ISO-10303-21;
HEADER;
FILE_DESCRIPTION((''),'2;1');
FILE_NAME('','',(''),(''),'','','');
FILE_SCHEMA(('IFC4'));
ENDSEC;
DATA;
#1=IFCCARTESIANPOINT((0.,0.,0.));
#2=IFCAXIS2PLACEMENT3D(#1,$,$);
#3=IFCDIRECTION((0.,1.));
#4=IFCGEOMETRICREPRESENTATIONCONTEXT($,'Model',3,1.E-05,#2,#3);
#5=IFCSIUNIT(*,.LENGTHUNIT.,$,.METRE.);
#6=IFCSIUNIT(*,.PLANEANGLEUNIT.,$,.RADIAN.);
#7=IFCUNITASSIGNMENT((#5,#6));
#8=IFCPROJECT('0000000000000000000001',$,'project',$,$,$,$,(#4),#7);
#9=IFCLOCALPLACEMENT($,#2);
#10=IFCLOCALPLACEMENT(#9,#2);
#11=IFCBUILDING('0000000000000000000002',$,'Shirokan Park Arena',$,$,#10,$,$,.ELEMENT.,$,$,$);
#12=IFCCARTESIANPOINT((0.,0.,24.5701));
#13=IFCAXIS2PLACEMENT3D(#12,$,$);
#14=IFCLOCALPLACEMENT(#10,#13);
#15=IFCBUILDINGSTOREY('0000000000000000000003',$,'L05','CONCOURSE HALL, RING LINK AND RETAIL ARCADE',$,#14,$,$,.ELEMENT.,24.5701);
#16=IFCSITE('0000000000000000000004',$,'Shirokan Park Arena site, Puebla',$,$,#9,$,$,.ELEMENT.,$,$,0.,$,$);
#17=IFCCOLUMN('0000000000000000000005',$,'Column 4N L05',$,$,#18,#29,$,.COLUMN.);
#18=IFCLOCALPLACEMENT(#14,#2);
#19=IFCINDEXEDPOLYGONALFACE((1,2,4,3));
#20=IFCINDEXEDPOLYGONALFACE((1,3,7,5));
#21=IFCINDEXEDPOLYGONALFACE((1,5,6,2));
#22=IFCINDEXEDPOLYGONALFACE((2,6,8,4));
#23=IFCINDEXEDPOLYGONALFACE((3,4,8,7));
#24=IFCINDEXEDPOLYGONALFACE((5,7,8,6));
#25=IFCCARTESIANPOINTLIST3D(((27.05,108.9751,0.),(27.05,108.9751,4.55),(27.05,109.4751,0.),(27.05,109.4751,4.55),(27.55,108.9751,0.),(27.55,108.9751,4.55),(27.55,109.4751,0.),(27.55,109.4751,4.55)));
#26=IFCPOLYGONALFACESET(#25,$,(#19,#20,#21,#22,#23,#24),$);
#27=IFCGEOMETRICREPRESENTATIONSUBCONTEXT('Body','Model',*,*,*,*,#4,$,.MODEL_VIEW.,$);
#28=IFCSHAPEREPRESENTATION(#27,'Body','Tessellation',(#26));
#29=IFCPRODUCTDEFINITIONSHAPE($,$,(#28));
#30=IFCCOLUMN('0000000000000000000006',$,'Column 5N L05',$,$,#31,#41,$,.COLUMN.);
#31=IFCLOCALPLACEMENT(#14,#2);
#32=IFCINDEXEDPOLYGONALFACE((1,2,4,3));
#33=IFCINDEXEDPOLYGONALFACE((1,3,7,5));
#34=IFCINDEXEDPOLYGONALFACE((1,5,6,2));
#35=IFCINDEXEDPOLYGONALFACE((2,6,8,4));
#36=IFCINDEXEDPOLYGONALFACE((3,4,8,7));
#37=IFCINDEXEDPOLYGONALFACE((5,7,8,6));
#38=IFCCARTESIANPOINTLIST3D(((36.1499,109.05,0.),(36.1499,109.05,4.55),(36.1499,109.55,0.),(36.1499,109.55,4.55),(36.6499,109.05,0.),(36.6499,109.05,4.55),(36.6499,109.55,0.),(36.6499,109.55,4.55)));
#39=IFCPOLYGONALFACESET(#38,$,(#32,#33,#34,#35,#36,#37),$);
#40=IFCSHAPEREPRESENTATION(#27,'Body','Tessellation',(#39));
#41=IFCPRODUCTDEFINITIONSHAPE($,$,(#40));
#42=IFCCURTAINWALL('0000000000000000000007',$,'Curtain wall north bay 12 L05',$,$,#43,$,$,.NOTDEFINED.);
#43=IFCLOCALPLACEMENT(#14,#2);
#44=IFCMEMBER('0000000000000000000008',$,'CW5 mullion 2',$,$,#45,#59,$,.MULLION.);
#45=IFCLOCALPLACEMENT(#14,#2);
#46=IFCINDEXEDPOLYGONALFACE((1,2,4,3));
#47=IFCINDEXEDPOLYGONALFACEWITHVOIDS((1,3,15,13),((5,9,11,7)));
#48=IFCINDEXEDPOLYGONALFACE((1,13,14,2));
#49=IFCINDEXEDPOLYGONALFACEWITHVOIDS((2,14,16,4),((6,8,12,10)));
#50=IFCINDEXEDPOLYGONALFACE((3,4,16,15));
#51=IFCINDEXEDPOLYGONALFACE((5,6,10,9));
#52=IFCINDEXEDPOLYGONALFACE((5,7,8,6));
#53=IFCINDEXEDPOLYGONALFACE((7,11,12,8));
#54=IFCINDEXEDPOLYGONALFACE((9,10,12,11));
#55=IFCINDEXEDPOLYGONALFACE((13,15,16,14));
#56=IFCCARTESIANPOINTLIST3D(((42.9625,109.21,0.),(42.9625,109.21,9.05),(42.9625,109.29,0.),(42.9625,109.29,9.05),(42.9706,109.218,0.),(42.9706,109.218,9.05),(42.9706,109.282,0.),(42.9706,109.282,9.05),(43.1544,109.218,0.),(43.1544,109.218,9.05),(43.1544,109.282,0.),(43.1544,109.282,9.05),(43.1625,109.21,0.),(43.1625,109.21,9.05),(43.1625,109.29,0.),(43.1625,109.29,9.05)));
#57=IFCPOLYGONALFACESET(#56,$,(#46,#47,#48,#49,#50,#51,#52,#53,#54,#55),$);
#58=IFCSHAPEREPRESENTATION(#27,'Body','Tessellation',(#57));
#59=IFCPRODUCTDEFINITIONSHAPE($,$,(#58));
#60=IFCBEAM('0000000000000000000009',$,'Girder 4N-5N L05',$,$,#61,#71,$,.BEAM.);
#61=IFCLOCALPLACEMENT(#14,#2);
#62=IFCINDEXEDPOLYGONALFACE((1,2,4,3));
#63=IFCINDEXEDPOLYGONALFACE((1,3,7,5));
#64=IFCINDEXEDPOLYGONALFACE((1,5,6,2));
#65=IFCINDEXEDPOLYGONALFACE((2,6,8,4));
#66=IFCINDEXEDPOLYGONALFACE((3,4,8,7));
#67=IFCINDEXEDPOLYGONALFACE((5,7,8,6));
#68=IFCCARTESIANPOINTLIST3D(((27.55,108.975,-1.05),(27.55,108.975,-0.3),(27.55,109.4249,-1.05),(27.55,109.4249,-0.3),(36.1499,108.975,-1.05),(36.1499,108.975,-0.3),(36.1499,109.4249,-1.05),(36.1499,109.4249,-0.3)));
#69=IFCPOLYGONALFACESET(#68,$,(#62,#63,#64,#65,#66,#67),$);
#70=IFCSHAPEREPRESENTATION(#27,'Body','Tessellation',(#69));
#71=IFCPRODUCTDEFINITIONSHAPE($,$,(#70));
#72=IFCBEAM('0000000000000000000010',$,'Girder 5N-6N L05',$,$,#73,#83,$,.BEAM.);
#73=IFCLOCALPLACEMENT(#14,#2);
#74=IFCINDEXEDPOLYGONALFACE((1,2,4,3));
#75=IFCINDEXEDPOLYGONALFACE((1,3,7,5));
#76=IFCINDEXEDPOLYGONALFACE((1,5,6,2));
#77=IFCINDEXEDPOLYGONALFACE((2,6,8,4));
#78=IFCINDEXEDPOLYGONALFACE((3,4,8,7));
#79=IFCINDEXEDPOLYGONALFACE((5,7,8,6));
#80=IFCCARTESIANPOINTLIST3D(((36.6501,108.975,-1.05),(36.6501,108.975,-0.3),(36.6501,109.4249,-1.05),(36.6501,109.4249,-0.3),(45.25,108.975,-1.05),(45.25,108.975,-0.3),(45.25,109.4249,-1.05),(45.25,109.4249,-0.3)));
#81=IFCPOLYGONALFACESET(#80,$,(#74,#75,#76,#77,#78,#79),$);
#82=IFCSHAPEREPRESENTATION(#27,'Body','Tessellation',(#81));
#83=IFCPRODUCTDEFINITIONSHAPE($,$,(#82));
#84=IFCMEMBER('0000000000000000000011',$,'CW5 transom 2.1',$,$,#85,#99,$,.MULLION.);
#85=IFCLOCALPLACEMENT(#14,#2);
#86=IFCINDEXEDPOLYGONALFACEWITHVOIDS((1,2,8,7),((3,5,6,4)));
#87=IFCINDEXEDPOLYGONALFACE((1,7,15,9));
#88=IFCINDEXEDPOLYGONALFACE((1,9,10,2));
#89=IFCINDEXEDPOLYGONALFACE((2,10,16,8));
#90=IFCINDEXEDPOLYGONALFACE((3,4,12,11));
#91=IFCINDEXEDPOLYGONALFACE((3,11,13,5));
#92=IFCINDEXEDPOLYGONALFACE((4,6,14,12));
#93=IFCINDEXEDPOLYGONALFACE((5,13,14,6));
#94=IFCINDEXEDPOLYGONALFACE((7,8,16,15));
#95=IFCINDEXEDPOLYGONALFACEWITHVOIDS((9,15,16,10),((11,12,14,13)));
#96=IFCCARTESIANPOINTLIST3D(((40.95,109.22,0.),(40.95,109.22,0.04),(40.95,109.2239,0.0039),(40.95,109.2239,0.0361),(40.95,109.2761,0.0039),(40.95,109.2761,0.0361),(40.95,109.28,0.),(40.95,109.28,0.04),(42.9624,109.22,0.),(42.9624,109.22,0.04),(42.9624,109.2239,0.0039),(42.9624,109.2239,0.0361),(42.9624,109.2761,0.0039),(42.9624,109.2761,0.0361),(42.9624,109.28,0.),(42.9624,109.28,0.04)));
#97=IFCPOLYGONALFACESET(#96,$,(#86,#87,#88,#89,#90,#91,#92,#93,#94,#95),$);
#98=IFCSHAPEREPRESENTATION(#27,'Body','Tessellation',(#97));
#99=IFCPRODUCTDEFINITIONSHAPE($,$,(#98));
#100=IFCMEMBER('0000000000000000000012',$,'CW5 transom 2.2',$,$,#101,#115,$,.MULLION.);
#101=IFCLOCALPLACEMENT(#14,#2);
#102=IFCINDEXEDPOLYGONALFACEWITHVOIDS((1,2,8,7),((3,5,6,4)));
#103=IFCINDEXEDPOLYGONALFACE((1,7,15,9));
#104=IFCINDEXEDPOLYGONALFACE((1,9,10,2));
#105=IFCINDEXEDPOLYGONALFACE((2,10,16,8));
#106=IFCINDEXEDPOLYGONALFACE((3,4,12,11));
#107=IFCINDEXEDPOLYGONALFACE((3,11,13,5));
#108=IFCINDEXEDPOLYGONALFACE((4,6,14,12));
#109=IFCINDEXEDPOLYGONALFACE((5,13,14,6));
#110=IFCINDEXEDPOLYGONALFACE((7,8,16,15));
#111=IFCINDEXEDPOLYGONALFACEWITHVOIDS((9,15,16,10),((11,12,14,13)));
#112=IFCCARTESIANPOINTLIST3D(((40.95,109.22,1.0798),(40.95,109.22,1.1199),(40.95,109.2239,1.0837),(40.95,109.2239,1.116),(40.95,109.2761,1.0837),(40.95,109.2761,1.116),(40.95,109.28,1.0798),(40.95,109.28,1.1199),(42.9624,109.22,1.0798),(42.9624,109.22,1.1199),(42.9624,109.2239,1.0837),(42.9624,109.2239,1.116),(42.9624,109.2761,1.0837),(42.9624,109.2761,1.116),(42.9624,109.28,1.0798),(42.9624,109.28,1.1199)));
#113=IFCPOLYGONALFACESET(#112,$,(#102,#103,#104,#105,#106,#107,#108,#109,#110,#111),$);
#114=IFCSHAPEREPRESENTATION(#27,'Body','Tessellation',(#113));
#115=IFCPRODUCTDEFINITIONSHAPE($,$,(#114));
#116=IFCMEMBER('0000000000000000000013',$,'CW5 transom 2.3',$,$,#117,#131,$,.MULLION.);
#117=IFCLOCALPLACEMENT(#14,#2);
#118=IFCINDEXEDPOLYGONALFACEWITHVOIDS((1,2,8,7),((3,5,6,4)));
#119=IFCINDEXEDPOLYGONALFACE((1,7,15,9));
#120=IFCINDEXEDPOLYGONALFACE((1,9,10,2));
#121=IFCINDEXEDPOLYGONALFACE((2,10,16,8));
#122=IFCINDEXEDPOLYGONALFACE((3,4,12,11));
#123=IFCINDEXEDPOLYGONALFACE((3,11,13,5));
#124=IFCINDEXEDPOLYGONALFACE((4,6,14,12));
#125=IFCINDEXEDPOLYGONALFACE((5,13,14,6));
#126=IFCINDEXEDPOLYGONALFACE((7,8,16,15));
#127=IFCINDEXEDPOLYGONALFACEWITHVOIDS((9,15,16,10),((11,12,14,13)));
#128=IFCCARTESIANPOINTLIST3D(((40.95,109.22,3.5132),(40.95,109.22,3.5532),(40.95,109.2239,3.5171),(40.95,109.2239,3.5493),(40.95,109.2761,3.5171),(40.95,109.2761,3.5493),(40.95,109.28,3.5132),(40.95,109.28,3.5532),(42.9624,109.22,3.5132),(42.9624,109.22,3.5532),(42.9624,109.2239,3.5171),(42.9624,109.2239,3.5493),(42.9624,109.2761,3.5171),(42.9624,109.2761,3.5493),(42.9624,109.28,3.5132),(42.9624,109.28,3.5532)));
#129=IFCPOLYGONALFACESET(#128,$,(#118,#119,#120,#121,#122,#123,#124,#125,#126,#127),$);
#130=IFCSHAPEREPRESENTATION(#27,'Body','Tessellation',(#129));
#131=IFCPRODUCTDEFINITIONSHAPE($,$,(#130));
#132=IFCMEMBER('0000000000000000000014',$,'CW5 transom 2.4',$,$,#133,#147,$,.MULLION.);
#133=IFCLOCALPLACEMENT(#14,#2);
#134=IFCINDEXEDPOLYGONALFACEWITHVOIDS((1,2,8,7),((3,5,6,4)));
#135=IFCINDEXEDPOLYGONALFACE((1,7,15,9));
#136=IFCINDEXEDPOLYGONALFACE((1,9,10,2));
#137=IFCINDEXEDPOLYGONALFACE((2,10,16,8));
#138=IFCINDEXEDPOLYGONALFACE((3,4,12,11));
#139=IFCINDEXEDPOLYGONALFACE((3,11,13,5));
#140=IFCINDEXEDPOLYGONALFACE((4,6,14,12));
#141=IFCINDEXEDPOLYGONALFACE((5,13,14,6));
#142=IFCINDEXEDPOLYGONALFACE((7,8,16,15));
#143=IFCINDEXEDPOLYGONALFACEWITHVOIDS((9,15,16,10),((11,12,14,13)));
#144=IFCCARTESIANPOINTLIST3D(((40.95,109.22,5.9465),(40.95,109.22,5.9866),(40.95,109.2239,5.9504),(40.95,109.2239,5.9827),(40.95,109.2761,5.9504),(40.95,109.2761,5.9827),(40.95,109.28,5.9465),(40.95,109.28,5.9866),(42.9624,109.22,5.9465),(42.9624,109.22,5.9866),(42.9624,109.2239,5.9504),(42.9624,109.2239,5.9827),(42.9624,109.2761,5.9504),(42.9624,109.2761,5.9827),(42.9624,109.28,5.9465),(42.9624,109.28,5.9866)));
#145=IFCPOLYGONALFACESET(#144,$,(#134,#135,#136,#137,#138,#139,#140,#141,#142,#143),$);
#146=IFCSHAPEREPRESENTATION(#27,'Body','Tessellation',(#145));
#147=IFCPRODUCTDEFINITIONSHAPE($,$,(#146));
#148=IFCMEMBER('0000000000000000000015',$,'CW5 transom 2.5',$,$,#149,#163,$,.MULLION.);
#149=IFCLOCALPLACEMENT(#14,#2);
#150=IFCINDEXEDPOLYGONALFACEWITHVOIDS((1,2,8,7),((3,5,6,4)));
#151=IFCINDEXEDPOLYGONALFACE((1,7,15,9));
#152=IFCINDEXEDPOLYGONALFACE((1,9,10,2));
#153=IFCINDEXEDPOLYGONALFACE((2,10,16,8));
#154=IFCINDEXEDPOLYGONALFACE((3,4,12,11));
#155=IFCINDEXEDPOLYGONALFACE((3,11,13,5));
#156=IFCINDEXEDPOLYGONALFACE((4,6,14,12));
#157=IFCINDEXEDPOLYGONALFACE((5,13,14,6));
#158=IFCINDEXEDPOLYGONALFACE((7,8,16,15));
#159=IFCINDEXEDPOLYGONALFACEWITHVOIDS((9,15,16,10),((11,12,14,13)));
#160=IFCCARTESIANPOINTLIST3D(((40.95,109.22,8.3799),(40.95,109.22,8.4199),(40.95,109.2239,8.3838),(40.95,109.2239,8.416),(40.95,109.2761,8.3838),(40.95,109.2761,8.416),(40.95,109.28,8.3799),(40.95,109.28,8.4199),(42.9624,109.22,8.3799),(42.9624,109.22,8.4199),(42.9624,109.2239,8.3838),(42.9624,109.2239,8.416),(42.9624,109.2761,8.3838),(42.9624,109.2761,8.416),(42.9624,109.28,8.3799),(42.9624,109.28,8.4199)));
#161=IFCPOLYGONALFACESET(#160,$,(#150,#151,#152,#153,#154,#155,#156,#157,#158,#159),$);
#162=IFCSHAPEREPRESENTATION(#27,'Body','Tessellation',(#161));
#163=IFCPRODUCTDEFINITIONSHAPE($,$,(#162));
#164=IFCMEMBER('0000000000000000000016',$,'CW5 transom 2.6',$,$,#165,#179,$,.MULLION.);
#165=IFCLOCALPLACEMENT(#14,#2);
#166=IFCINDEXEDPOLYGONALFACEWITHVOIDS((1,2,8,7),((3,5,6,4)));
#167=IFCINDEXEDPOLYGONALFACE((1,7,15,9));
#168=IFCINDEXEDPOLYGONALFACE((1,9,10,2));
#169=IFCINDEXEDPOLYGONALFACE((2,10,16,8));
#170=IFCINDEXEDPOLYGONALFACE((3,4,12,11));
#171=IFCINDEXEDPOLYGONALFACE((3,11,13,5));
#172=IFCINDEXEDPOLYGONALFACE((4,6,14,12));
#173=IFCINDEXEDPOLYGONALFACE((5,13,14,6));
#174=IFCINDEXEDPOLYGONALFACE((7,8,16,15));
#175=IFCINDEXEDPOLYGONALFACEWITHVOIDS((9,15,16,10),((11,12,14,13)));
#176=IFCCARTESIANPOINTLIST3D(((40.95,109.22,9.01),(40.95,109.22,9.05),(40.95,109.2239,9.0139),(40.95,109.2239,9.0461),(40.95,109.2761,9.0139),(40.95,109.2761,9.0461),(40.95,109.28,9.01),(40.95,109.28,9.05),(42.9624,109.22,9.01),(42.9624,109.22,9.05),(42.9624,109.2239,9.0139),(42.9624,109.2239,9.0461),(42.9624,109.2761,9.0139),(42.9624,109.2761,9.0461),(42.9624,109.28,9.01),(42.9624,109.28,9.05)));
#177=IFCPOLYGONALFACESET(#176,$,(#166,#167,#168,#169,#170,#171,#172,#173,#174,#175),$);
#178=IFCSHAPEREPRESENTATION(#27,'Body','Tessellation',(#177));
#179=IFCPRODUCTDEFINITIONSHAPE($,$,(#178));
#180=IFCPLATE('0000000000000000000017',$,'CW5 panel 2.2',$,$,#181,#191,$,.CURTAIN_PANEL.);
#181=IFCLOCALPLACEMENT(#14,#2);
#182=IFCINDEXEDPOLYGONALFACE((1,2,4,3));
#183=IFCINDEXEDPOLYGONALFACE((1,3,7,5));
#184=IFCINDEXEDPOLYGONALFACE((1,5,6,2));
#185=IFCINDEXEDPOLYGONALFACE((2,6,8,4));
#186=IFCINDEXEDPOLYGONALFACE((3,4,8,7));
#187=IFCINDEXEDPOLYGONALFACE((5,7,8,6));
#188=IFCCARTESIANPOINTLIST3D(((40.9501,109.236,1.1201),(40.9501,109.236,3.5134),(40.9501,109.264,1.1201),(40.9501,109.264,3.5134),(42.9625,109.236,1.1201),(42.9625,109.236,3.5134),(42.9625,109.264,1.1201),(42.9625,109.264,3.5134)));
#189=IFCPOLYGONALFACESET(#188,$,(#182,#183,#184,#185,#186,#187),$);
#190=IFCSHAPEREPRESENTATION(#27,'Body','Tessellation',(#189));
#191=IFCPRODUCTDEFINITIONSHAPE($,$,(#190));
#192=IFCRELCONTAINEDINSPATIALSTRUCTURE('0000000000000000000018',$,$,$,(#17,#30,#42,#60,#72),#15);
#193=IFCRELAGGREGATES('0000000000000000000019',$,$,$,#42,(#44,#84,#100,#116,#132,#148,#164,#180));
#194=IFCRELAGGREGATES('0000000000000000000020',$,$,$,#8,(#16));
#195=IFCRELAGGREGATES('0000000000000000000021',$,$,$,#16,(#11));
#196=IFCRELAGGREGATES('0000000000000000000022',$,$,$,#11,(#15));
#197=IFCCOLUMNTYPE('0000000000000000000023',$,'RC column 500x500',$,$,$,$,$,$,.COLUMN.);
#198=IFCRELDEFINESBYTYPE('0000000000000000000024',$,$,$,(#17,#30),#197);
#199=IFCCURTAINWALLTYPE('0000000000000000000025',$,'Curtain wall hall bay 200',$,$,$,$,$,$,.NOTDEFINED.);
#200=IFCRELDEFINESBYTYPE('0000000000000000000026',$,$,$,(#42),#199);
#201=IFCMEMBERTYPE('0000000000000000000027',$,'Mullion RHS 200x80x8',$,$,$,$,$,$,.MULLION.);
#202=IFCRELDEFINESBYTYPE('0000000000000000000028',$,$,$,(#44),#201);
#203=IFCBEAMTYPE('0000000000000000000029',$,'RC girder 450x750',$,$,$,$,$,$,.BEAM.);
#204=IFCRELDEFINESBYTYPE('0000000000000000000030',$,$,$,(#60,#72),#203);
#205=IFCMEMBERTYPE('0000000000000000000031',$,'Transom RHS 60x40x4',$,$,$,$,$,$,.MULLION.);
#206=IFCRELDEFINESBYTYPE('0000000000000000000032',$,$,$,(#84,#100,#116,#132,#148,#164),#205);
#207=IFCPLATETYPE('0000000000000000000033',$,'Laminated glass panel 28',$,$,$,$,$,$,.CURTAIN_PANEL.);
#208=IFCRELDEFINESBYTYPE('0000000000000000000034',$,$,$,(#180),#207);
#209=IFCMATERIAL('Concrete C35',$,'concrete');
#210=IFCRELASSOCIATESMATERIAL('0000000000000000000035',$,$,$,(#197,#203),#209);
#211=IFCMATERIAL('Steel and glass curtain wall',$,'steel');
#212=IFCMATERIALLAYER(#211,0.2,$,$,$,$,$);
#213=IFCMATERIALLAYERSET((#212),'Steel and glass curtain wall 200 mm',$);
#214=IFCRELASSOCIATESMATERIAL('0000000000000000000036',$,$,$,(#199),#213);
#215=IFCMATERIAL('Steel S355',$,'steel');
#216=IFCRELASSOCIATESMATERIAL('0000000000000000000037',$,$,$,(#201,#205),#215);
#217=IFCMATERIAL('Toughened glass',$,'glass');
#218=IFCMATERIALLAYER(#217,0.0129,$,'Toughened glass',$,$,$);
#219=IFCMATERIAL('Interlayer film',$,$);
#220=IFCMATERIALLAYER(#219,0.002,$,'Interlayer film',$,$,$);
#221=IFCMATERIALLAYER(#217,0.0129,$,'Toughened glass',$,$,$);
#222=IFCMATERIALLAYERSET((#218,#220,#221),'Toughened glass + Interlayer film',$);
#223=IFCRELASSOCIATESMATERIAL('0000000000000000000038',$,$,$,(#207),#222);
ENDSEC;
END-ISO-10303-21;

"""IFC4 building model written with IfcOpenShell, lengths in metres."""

from ifc_helpers import new_model, si_unit, direction, frame, origin, origin_2d, place, context, subcontext, project, spatial, rectangle, hollow_rectangle, extrude, material, layer, layer_set, material_profile, profile_set, type_object, element, aggregate, save


model = new_model("IFC4")

# Units and contexts
model_context = context("Model", 3, precision=1e-05, world=origin(), true_north=direction((0.0, 1.0)))
body_context = subcontext(model_context, "Body", "Model", "MODEL_VIEW")
ifc_project = project(units=[si_unit("LENGTHUNIT", "METRE"), si_unit("PLANEANGLEUNIT", "RADIAN")], contexts=[model_context])

# Site, building, storey
site_placement = place(None, origin())
site = spatial("IfcSite", under=ifc_project, at=site_placement, Name="Shirokan Park Arena site, Puebla", CompositionType="ELEMENT", RefElevation=0.0)
building_placement = place(site_placement, origin())
building = spatial("IfcBuilding", under=site, at=building_placement, Name="Shirokan Park Arena", CompositionType="ELEMENT")
storey_placement = place(building_placement, frame((0.0, 0.0, 24.5701)))
storey = spatial("IfcBuildingStorey", under=building, at=storey_placement, Name="L05", Description="CONCOURSE HALL, RING LINK AND RETAIL ARCADE", CompositionType="ELEMENT", Elevation=24.5701)

# Columns
ifc_material_1 = material(Name="Concrete C35", Category="concrete")
ifc_material_profile_1 = material_profile(ifc_material_1, rectangle(XDim=0.5, YDim=0.5, at=origin_2d()), Name="500x500")
ifc_profile_set_1 = profile_set([ifc_material_profile_1], Name="Concrete C35")
column_type = type_object("IfcColumnType", Name="RC column 500x500", PredefinedType="COLUMN", material=ifc_profile_set_1)
for number, where, z_axis, x_axis, name in (
    (1, (27.3, 109.2251, 0.0), (0.0, 0.0, 1.0), (1.0, 0.0, 0.0), "Column 4N L05"),
    (2, (36.3999, 109.3, 0.0), (0.0, 0.0, 1.0), (1.0, 0.0, 0.0), "Column 5N L05"),
):
    element("IfcColumn", number, at=place(storey_placement, frame(where, z_axis=z_axis, x_axis=x_axis)), inside=storey, type_object=column_type, Name=name, PredefinedType="COLUMN", context=body_context, shape_type="SweptSolid", body=[
        extrude(rectangle(XDim=0.5, YDim=0.5, at=origin_2d()), origin(), (0.0, 0.0, 1.0), 4.55),
    ])

# Curtain wall, member
ifc_material_2 = material(Name="Steel and glass curtain wall", Category="steel")
ifc_layer_1 = layer(ifc_material_2, 0.2)
ifc_layer_set_1 = layer_set([ifc_layer_1], Name="Steel and glass curtain wall 200 mm")
curtain_wall_type = type_object("IfcCurtainWallType", Name="Curtain wall hall bay 200", PredefinedType="NOTDEFINED", material=ifc_layer_set_1)
curtain_wall_placement = place(storey_placement, origin())
curtain_wall = element("IfcCurtainWall", 3, at=curtain_wall_placement, inside=storey, type_object=curtain_wall_type, Name="Curtain wall north bay 12 L05", PredefinedType="NOTDEFINED")
ifc_material_3 = material(Name="Steel S355", Category="steel")
ifc_material_profile_2 = material_profile(ifc_material_3, hollow_rectangle(XDim=0.0801, YDim=0.2, WallThickness=0.0081, at=origin_2d()), Name="RHS 200x80x8")
ifc_profile_set_2 = profile_set([ifc_material_profile_2], Name="Steel S355")
member_type_1 = type_object("IfcMemberType", Name="Mullion RHS 200x80x8", PredefinedType="MULLION", material=ifc_profile_set_2)
member_1_placement = place(storey_placement, frame((43.0625, 109.25, 0.0), z_axis=(0.0, 0.0, 1.0), x_axis=(0.0, -1.0, 0.0)))
member_1 = element("IfcMember", 4, at=member_1_placement, type_object=member_type_1, Name="CW5 mullion 2", PredefinedType="MULLION", context=body_context, shape_type="SweptSolid", body=[
    extrude(hollow_rectangle(XDim=0.0801, YDim=0.2, WallThickness=0.0081, at=origin_2d()), origin(), (0.0, 0.0, 1.0), 9.05),
])

# Beams
ifc_material_profile_3 = material_profile(ifc_material_1, rectangle(XDim=0.45, YDim=0.75, at=origin_2d()), Name="450x750")
ifc_profile_set_3 = profile_set([ifc_material_profile_3], Name="Concrete C35")
beam_type = type_object("IfcBeamType", Name="RC girder 450x750", PredefinedType="BEAM", material=ifc_profile_set_3)
for number, where, z_axis, x_axis, name in (
    (5, (27.55, 109.2, -0.675), (1.0, 0.0, 0.0), (0.0, 1.0, 0.0), "Girder 4N-5N L05"),
    (6, (36.6501, 109.2, -0.675), (1.0, 0.0, 0.0), (0.0, 1.0, 0.0), "Girder 5N-6N L05"),
):
    element("IfcBeam", number, at=place(storey_placement, frame(where, z_axis=z_axis, x_axis=x_axis)), inside=storey, type_object=beam_type, Name=name, PredefinedType="BEAM", context=body_context, shape_type="SweptSolid", body=[
        extrude(rectangle(XDim=0.45, YDim=0.75, at=origin_2d()), origin(), (0.0, 0.0, 1.0), 8.5999),
    ])

# Members
ifc_material_profile_4 = material_profile(ifc_material_3, hollow_rectangle(XDim=0.0601, YDim=0.04, WallThickness=0.0039, at=origin_2d()), Name="RHS 60x40x4")
ifc_profile_set_4 = profile_set([ifc_material_profile_4], Name="Steel S355")
member_type_2 = type_object("IfcMemberType", Name="Transom RHS 60x40x4", PredefinedType="MULLION", material=ifc_profile_set_4)
member_2_placement = place(storey_placement, frame((42.9624, 109.25, 0.02), z_axis=(-1.0, 0.0, 0.0), x_axis=(0.0, -1.0, 0.0)))
member_2 = element("IfcMember", 7, at=member_2_placement, type_object=member_type_2, Name="CW5 transom 2.1", PredefinedType="MULLION", context=body_context, shape_type="SweptSolid", body=[
    extrude(hollow_rectangle(XDim=0.0601, YDim=0.04, WallThickness=0.0039, at=origin_2d()), origin(), (0.0, 0.0, 1.0), 2.0125),
])
member_3_placement = place(storey_placement, frame((42.9624, 109.25, 1.0999), z_axis=(-1.0, 0.0, 0.0), x_axis=(0.0, -1.0, 0.0)))
member_3 = element("IfcMember", 8, at=member_3_placement, type_object=member_type_2, Name="CW5 transom 2.2", PredefinedType="MULLION", context=body_context, shape_type="SweptSolid", body=[
    extrude(hollow_rectangle(XDim=0.0601, YDim=0.04, WallThickness=0.0039, at=origin_2d()), origin(), (0.0, 0.0, 1.0), 2.0125),
])
member_4_placement = place(storey_placement, frame((42.9624, 109.25, 3.5332), z_axis=(-1.0, 0.0, 0.0), x_axis=(0.0, -1.0, 0.0)))
member_4 = element("IfcMember", 9, at=member_4_placement, type_object=member_type_2, Name="CW5 transom 2.3", PredefinedType="MULLION", context=body_context, shape_type="SweptSolid", body=[
    extrude(hollow_rectangle(XDim=0.0601, YDim=0.04, WallThickness=0.0039, at=origin_2d()), origin(), (0.0, 0.0, 1.0), 2.0125),
])
member_5_placement = place(storey_placement, frame((42.9624, 109.25, 5.9666), z_axis=(-1.0, 0.0, 0.0), x_axis=(0.0, -1.0, 0.0)))
member_5 = element("IfcMember", 10, at=member_5_placement, type_object=member_type_2, Name="CW5 transom 2.4", PredefinedType="MULLION", context=body_context, shape_type="SweptSolid", body=[
    extrude(hollow_rectangle(XDim=0.0601, YDim=0.04, WallThickness=0.0039, at=origin_2d()), origin(), (0.0, 0.0, 1.0), 2.0125),
])
member_6_placement = place(storey_placement, frame((42.9624, 109.25, 8.3999), z_axis=(-1.0, 0.0, 0.0), x_axis=(0.0, -1.0, 0.0)))
member_6 = element("IfcMember", 11, at=member_6_placement, type_object=member_type_2, Name="CW5 transom 2.5", PredefinedType="MULLION", context=body_context, shape_type="SweptSolid", body=[
    extrude(hollow_rectangle(XDim=0.0601, YDim=0.04, WallThickness=0.0039, at=origin_2d()), origin(), (0.0, 0.0, 1.0), 2.0125),
])
member_7_placement = place(storey_placement, frame((42.9624, 109.25, 9.03), z_axis=(-1.0, 0.0, 0.0), x_axis=(0.0, -1.0, 0.0)))
member_7 = element("IfcMember", 12, at=member_7_placement, type_object=member_type_2, Name="CW5 transom 2.6", PredefinedType="MULLION", context=body_context, shape_type="SweptSolid", body=[
    extrude(hollow_rectangle(XDim=0.0601, YDim=0.04, WallThickness=0.0039, at=origin_2d()), origin(), (0.0, 0.0, 1.0), 2.0125),
])

# Plate
ifc_material_4 = material(Name="Toughened glass", Category="glass")
ifc_layer_2 = layer(ifc_material_4, 0.0129, Name="Toughened glass")
ifc_material_5 = material(Name="Interlayer film")
ifc_layer_3 = layer(ifc_material_5, 0.002, Name="Interlayer film")
ifc_layer_4 = layer(ifc_material_4, 0.0129, Name="Toughened glass")
ifc_layer_set_2 = layer_set([ifc_layer_2, ifc_layer_3, ifc_layer_4], Name="Toughened glass + Interlayer film")
plate_type_1 = type_object("IfcPlateType", Name="Laminated glass panel 28", PredefinedType="CURTAIN_PANEL", material=ifc_layer_set_2)
plate_1_placement = place(storey_placement, frame((41.9563, 109.25, 1.1201), z_axis=(0.0, 0.0, 1.0), x_axis=(-1.0, 0.0, 0.0)))
plate_1 = element("IfcPlate", 13, at=plate_1_placement, type_object=plate_type_1, Name="CW5 panel 2.2", PredefinedType="CURTAIN_PANEL", context=body_context, shape_type="SweptSolid", body=[
    extrude(rectangle(XDim=2.0125, YDim=0.0281, at=origin_2d()), origin(), (0.0, 0.0, 1.0), 2.3933),
])
aggregate(curtain_wall, [member_1, member_2, member_3, member_4, member_5, member_6, member_7, plate_1])

save(model, "model.ifc")
